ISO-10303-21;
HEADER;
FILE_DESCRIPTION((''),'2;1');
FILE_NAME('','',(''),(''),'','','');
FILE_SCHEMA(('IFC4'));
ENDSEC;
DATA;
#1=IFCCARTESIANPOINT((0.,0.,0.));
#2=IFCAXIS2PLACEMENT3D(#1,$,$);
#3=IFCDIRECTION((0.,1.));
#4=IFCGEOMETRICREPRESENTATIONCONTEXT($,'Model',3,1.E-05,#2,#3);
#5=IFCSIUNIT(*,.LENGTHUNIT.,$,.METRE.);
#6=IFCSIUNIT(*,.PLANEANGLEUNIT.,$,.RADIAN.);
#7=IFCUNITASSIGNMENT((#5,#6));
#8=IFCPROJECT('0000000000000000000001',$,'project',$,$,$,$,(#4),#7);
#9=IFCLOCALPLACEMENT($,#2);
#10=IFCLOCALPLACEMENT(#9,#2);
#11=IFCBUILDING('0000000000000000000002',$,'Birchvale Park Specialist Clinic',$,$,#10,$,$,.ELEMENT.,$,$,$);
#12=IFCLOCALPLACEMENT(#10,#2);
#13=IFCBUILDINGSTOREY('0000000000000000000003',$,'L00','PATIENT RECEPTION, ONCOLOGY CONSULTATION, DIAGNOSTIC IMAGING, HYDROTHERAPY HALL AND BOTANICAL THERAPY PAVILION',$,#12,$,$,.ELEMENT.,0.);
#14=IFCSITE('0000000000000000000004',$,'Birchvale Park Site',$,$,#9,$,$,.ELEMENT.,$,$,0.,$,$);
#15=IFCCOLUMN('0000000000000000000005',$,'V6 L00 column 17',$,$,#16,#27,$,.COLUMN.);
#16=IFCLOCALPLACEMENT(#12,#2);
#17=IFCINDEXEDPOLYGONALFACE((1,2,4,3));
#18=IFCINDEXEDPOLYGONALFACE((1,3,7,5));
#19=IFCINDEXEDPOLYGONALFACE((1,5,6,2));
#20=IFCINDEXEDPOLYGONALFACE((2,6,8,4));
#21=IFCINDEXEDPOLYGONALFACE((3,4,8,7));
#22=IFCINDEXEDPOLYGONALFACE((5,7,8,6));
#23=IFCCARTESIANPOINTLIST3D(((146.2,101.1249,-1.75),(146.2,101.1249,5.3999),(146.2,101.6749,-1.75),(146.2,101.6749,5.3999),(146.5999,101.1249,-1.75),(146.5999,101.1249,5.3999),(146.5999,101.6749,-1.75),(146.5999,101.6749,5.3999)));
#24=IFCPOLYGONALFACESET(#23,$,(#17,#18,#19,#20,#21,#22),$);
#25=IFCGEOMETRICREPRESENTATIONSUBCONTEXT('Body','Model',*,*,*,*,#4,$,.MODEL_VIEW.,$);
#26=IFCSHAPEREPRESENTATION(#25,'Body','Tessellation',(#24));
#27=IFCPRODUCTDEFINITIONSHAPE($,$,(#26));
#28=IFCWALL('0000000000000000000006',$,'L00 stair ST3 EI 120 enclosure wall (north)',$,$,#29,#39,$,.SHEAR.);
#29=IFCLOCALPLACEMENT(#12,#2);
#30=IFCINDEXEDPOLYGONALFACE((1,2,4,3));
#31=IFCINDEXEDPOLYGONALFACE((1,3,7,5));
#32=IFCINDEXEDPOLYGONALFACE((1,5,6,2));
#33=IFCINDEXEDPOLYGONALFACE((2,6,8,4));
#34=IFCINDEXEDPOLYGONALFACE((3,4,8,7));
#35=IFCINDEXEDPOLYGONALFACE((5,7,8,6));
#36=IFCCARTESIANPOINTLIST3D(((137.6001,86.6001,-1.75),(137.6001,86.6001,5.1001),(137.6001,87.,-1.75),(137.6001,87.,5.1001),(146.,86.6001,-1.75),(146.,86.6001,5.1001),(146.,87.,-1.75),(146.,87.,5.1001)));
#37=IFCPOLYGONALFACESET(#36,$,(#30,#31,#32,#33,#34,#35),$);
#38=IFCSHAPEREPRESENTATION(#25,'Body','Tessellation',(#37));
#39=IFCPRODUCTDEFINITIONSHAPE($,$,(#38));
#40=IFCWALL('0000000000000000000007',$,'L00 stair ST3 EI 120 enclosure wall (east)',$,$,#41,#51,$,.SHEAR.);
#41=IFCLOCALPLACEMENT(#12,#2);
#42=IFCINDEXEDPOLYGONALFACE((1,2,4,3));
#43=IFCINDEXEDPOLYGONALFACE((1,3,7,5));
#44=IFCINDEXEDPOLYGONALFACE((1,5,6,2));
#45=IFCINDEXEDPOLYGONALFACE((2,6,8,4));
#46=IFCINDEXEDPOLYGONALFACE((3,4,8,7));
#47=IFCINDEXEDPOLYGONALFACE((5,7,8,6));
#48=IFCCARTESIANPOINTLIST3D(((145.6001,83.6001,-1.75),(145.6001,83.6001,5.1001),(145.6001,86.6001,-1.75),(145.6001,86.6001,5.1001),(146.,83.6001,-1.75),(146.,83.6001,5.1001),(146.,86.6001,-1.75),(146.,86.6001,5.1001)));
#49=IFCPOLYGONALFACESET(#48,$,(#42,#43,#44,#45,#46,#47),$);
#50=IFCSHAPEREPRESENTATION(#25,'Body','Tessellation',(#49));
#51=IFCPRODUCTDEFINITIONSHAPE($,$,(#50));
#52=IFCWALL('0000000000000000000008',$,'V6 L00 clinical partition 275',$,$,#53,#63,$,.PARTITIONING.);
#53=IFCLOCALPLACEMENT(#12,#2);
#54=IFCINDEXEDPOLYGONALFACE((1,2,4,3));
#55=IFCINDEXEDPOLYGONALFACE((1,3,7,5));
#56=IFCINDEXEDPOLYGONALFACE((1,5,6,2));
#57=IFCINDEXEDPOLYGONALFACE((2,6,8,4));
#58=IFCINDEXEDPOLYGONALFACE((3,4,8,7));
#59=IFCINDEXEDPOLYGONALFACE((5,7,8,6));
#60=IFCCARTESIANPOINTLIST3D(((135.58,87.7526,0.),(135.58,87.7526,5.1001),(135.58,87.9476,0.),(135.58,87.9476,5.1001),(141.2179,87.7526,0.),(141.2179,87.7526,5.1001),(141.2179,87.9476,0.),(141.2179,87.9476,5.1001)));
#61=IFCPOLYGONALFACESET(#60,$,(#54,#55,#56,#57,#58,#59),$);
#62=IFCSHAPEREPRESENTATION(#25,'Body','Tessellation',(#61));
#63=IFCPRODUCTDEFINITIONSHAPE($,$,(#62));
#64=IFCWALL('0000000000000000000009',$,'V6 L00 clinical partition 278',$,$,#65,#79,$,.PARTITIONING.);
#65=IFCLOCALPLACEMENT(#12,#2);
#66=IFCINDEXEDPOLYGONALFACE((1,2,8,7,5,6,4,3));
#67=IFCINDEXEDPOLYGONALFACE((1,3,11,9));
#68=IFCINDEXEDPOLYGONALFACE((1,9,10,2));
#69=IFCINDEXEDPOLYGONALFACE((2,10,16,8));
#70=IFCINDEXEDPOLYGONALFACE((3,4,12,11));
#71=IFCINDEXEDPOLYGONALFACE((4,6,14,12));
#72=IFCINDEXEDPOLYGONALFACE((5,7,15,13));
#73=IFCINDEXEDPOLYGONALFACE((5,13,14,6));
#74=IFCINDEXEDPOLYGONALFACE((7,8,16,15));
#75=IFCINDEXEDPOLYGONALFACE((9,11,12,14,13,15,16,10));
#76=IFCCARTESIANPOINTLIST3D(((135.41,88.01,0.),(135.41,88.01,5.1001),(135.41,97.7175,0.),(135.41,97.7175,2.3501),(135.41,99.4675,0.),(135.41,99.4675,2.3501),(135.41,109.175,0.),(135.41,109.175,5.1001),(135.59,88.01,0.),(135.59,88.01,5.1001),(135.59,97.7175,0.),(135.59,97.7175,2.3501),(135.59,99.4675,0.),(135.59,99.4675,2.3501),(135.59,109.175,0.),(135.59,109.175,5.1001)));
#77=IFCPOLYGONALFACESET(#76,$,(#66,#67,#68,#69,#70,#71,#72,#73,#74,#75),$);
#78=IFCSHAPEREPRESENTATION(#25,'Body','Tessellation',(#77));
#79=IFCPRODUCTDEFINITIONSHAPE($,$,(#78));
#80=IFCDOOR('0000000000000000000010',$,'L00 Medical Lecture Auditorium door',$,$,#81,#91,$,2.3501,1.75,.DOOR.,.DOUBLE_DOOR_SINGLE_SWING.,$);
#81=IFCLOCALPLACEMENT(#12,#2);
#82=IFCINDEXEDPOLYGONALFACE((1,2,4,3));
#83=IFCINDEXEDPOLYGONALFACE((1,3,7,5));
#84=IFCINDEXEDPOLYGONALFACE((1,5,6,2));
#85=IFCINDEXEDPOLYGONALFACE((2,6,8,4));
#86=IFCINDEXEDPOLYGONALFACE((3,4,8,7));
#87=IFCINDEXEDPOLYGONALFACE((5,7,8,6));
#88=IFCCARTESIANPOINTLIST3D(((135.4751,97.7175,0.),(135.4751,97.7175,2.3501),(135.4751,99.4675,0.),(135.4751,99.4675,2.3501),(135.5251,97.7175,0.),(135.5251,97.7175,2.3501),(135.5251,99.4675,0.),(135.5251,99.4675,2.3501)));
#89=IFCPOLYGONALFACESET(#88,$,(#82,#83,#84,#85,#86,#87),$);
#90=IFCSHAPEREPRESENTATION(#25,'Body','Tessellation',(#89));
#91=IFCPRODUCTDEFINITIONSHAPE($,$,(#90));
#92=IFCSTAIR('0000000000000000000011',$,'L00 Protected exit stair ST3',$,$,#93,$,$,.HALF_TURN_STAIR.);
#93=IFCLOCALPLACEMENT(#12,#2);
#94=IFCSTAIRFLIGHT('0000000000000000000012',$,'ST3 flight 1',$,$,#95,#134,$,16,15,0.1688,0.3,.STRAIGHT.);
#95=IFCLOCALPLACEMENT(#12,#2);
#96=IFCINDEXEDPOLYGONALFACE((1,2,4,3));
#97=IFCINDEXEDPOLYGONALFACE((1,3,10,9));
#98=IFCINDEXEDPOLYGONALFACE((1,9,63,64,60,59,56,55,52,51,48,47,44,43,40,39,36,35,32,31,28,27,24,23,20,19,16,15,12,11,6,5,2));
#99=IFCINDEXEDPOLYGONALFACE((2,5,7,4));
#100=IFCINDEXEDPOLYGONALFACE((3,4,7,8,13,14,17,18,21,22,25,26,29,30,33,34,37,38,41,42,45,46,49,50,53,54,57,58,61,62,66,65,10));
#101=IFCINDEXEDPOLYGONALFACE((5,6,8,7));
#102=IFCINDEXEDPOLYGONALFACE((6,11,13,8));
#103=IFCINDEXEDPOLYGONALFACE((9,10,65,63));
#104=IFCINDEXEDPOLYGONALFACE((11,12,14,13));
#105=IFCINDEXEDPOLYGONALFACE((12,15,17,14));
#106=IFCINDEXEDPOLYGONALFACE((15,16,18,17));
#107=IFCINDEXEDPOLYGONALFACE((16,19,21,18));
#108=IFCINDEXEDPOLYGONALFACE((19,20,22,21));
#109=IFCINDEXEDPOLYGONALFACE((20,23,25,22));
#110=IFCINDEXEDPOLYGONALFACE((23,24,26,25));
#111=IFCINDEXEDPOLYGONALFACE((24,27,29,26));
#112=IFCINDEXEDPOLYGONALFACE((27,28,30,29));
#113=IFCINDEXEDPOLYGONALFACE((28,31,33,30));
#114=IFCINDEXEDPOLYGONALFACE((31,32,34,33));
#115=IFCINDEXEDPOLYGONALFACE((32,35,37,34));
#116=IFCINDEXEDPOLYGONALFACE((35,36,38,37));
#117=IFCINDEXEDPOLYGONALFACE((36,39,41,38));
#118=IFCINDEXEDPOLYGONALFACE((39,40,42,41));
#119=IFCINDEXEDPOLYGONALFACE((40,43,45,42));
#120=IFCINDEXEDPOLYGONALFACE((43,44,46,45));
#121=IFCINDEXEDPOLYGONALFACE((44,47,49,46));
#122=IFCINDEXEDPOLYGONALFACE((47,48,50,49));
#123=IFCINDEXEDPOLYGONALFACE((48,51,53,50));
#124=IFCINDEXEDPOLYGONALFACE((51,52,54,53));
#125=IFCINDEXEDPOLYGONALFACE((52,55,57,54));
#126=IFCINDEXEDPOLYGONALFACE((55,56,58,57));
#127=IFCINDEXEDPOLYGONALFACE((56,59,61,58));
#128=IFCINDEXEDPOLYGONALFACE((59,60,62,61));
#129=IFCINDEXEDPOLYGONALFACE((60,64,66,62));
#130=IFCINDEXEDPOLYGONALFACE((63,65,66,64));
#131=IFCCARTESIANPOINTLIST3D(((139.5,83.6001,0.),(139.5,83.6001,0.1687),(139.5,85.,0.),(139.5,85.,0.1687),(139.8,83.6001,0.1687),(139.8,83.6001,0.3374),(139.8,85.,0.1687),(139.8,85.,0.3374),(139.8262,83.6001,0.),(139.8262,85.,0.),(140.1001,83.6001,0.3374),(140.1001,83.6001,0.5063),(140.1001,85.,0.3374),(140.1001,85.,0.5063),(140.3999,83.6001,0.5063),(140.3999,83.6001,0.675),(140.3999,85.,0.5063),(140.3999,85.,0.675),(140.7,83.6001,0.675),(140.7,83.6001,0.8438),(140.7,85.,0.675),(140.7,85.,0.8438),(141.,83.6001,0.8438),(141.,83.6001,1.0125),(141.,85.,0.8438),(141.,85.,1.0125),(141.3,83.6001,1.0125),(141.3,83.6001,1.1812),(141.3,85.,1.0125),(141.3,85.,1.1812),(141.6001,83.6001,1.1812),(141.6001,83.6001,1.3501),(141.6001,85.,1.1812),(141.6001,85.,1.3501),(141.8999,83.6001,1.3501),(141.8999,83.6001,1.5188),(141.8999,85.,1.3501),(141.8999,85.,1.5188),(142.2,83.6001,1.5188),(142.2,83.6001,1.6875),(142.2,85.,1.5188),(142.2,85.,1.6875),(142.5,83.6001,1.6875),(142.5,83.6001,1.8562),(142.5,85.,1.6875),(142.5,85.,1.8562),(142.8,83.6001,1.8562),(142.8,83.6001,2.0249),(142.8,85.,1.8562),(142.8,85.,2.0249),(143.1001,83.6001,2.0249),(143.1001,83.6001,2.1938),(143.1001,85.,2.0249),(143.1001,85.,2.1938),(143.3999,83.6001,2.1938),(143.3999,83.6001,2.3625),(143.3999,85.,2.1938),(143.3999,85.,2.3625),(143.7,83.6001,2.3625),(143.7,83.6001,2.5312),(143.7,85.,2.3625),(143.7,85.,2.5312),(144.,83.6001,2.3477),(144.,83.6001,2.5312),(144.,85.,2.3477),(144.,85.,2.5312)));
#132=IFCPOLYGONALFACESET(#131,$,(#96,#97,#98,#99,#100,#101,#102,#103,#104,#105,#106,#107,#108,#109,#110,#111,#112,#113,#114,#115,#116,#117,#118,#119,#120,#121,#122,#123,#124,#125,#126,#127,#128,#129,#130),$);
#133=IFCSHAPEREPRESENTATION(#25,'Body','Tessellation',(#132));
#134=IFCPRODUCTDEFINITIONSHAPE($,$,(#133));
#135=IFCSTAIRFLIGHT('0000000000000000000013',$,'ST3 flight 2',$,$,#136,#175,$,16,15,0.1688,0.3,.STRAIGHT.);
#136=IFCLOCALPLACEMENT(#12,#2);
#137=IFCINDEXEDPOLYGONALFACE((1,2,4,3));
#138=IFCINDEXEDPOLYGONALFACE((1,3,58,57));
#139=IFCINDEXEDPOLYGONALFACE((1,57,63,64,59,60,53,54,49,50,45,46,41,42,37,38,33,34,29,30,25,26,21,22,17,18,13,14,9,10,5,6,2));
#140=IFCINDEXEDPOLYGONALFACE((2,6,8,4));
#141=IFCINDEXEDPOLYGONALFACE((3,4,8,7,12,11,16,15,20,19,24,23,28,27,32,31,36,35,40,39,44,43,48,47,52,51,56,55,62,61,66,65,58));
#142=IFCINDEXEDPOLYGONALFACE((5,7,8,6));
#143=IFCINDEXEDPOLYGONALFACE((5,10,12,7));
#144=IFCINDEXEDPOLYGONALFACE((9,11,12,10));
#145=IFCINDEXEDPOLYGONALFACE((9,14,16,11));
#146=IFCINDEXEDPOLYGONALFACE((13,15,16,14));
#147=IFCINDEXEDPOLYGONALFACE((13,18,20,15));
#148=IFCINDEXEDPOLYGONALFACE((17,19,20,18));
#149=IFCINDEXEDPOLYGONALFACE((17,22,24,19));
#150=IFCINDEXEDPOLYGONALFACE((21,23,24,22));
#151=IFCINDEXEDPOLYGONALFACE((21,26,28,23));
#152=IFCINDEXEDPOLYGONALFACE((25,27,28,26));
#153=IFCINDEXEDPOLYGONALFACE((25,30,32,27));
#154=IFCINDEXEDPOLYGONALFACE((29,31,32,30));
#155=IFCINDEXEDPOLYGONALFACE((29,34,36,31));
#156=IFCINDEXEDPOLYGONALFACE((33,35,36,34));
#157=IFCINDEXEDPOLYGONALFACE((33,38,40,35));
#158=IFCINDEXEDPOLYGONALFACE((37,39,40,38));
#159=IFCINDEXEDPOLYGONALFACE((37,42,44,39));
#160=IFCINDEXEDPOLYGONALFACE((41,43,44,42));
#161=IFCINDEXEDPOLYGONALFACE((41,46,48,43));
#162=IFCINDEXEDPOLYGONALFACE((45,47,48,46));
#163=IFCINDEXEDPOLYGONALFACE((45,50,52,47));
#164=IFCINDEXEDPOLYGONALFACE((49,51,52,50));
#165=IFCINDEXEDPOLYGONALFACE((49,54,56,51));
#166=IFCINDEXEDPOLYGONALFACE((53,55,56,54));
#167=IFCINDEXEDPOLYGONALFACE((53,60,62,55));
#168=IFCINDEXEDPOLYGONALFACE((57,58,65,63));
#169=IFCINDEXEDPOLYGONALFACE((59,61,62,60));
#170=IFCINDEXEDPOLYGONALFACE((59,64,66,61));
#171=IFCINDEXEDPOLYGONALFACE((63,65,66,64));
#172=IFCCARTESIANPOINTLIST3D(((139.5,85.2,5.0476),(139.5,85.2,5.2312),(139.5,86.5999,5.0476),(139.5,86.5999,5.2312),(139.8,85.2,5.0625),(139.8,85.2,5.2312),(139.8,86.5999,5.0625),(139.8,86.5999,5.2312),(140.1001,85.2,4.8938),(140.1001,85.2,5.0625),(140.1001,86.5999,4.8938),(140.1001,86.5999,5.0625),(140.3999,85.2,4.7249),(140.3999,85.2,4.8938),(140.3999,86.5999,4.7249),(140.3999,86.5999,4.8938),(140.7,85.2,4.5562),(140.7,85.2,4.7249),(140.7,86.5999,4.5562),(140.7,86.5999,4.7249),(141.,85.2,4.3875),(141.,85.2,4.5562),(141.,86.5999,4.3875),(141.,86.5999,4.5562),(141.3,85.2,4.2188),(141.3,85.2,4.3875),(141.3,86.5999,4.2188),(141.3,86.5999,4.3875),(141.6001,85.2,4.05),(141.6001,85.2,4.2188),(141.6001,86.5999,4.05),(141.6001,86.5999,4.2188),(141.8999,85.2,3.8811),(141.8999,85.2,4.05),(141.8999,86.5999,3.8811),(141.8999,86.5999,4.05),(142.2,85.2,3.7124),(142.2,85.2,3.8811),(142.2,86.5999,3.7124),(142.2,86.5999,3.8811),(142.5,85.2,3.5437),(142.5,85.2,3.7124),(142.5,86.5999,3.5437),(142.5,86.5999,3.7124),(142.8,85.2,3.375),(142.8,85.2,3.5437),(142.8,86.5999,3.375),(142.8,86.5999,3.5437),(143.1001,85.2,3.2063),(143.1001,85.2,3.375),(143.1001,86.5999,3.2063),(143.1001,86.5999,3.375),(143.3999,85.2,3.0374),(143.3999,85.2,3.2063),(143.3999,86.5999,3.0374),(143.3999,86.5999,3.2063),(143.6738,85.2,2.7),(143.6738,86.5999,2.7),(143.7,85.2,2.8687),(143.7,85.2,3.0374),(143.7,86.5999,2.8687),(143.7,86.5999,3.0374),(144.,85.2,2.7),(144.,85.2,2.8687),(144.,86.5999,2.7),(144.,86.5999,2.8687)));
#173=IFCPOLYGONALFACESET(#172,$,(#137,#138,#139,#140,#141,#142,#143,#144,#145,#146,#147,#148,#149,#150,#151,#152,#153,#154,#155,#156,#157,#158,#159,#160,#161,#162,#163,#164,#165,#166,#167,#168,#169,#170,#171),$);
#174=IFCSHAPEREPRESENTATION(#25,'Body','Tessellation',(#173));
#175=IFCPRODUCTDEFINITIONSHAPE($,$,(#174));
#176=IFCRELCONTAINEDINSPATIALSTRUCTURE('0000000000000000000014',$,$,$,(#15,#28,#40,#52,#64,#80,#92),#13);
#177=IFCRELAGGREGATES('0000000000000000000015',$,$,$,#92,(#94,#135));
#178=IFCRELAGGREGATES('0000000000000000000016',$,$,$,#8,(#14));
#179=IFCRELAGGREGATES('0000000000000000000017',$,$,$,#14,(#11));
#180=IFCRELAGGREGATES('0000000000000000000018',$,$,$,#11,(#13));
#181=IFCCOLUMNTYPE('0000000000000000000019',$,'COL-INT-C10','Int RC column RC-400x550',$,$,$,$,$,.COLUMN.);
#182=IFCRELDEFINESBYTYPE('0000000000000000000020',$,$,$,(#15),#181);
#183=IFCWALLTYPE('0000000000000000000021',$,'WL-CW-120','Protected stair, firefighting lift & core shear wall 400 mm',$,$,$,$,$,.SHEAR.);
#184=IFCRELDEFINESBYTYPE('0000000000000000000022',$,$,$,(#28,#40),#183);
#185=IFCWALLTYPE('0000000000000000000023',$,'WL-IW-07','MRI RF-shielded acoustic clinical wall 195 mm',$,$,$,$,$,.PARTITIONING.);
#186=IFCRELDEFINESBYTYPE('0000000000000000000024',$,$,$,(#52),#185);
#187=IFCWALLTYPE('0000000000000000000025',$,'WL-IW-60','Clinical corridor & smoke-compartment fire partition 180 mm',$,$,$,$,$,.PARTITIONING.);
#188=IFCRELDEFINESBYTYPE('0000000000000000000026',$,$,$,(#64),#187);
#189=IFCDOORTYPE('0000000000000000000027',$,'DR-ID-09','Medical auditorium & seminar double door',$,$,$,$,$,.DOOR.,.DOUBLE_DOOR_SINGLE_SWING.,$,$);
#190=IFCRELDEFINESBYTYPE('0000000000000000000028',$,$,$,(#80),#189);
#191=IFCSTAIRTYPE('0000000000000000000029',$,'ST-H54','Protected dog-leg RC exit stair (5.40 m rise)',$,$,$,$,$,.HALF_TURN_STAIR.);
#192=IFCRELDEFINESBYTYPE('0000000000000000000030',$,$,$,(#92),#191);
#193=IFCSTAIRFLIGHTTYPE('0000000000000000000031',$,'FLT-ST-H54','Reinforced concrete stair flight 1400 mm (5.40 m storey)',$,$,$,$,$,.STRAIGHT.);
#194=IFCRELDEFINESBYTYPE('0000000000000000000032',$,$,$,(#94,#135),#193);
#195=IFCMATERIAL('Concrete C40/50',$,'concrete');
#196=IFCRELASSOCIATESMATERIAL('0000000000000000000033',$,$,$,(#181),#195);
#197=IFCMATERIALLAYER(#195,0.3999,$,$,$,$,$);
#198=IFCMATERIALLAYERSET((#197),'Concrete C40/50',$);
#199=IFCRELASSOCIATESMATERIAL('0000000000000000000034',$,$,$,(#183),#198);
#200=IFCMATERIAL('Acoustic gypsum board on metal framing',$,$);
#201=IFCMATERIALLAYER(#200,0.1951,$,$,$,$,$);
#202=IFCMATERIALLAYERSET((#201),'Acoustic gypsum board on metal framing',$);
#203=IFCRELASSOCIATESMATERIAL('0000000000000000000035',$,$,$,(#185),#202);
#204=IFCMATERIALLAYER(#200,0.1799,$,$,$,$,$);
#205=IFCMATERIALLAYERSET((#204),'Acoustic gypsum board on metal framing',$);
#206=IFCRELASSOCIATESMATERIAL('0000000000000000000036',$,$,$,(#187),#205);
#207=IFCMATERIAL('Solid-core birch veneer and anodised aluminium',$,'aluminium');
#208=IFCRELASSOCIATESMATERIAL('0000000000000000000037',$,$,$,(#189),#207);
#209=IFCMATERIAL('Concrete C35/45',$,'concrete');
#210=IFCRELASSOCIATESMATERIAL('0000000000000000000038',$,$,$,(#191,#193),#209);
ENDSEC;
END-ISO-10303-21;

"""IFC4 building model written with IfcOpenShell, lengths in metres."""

from ifc_helpers import new_model, si_unit, direction, frame, frame_2d, origin, origin_2d, place, context, subcontext, project, spatial, polyline, rectangle, outline, extrude, material, layer, layer_set, material_profile, profile_set, type_object, element, fill, aggregate, save


model = new_model("IFC4")

# Units and contexts
model_context = context("Model", 3, precision=1e-05, world=origin(), true_north=direction((0.0, 1.0)))
body_context = subcontext(model_context, "Body", "Model", "MODEL_VIEW")
ifc_project = project(units=[si_unit("LENGTHUNIT", "METRE"), si_unit("PLANEANGLEUNIT", "RADIAN")], contexts=[model_context])

# Site, building, storey
site_placement = place(None, origin())
site = spatial("IfcSite", under=ifc_project, at=site_placement, Name="Birchvale Park Site", CompositionType="ELEMENT", RefElevation=0.0)
building_placement = place(site_placement, origin())
building = spatial("IfcBuilding", under=site, at=building_placement, Name="Birchvale Park Specialist Clinic", CompositionType="ELEMENT")
storey_placement = place(building_placement, origin())
storey = spatial("IfcBuildingStorey", under=building, at=storey_placement, Name="L00", Description="PATIENT RECEPTION, ONCOLOGY CONSULTATION, DIAGNOSTIC IMAGING, HYDROTHERAPY HALL AND BOTANICAL THERAPY PAVILION", CompositionType="ELEMENT", Elevation=0.0)

# Shared definitions
ifc_material_1 = material(Name="Concrete C40/50", Category="concrete")

# Column
ifc_material_profile_1 = material_profile(ifc_material_1, rectangle(XDim=0.3999, YDim=0.55, at=origin_2d()), Name="RC-400x550")
ifc_profile_set_1 = profile_set([ifc_material_profile_1], Name="Concrete C40/50")
column_type_1 = type_object("IfcColumnType", Name="COL-INT-C10", Description="Int RC column RC-400x550", PredefinedType="COLUMN", material=ifc_profile_set_1)
column_1_placement = place(storey_placement, frame((146.3999, 101.3999, -1.75), z_axis=(0.0, 0.0, 1.0), x_axis=(1.0, 0.0, 0.0)))
element("IfcColumn", 1, at=column_1_placement, inside=storey, type_object=column_type_1, Name="V6 L00 column 17", PredefinedType="COLUMN", context=body_context, shape_type="SweptSolid", body=[
    extrude(rectangle(XDim=0.3999, YDim=0.55, at=origin_2d()), origin(), (0.0, 0.0, 1.0), 7.1499),
])

# Walls
ifc_layer_1 = layer(ifc_material_1, 0.3999)
ifc_layer_set_1 = layer_set([ifc_layer_1], Name="Concrete C40/50")
wall_type_1 = type_object("IfcWallType", Name="WL-CW-120", Description="Protected stair, firefighting lift & core shear wall 400 mm", PredefinedType="SHEAR", material=ifc_layer_set_1)
wall_1_placement = place(storey_placement, frame((146.0, 86.8, -1.75), z_axis=(0.0, 0.0, 1.0), x_axis=(-1.0, 0.0, 0.0)))
element("IfcWall", 2, at=wall_1_placement, inside=storey, type_object=wall_type_1, Name="L00 stair ST3 EI 120 enclosure wall (north)", PredefinedType="SHEAR", context=body_context, shape_type="SweptSolid", body=[
    extrude(rectangle(XDim=8.3999, YDim=0.3999, at=frame_2d((4.2, 0.0))), origin(), (0.0, 0.0, 1.0), 6.8501),
])
wall_2_placement = place(storey_placement, frame((145.8, 86.6001, -1.75), z_axis=(0.0, 0.0, 1.0), x_axis=(0.0, -1.0, 0.0)))
element("IfcWall", 3, at=wall_2_placement, inside=storey, type_object=wall_type_1, Name="L00 stair ST3 EI 120 enclosure wall (east)", PredefinedType="SHEAR", context=body_context, shape_type="SweptSolid", body=[
    extrude(rectangle(XDim=3.0, YDim=0.3999, at=frame_2d((1.5, 0.0))), origin(), (0.0, 0.0, 1.0), 6.8501),
])
ifc_material_2 = material(Name="Acoustic gypsum board on metal framing")
ifc_layer_2 = layer(ifc_material_2, 0.1951)
ifc_layer_set_2 = layer_set([ifc_layer_2], Name="Acoustic gypsum board on metal framing")
wall_type_2 = type_object("IfcWallType", Name="WL-IW-07", Description="MRI RF-shielded acoustic clinical wall 195 mm", PredefinedType="PARTITIONING", material=ifc_layer_set_2)
wall_3_placement = place(storey_placement, frame((135.5801, 87.8501, 0.0), z_axis=(0.0, 0.0, 1.0), x_axis=(1.0, 0.0, 0.0)))
element("IfcWall", 4, at=wall_3_placement, inside=storey, type_object=wall_type_2, Name="V6 L00 clinical partition 275", PredefinedType="PARTITIONING", context=body_context, shape_type="SweptSolid", body=[
    extrude(rectangle(XDim=5.6379, YDim=0.1951, at=frame_2d((2.8188, 0.0))), origin(), (0.0, 0.0, 1.0), 5.1001),
])

# Wall, opening, door
ifc_layer_3 = layer(ifc_material_2, 0.1799)
ifc_layer_set_3 = layer_set([ifc_layer_3], Name="Acoustic gypsum board on metal framing")
wall_type_3 = type_object("IfcWallType", Name="WL-IW-60", Description="Clinical corridor & smoke-compartment fire partition 180 mm", PredefinedType="PARTITIONING", material=ifc_layer_set_3)
wall_4_placement = place(storey_placement, frame((135.5, 88.01, 0.0), z_axis=(0.0, 0.0, 1.0), x_axis=(0.0, 1.0, 0.0)))
wall_4 = element("IfcWall", 5, at=wall_4_placement, inside=storey, type_object=wall_type_3, Name="V6 L00 clinical partition 278", PredefinedType="PARTITIONING", context=body_context, shape_type="SweptSolid", body=[
    extrude(rectangle(XDim=21.165, YDim=0.1799, at=frame_2d((10.5825, 0.0))), origin(), (0.0, 0.0, 1.0), 5.1001),
])
opening_placement = place(wall_4_placement, frame((9.7075, 0.0, 0.0)))
opening = element("IfcOpeningElement", 6, at=opening_placement, cuts=wall_4, PredefinedType="OPENING", context=body_context, shape_type="SweptSolid", body=[
    extrude(rectangle(XDim=1.75, YDim=2.3501, at=frame_2d((0.875, 1.175))), frame((0.0, 0.1001, 0.0), z_axis=(0.0, -1.0, 0.0), x_axis=(1.0, 0.0, 0.0)), (0.0, 0.0, 1.0), 0.2),
])
ifc_material_3 = material(Name="Solid-core birch veneer and anodised aluminium", Category="aluminium")
door_type = type_object("IfcDoorType", Name="DR-ID-09", Description="Medical auditorium & seminar double door", OperationType="DOUBLE_DOOR_SINGLE_SWING", PredefinedType="DOOR", material=ifc_material_3)
door_placement = place(opening_placement, origin())
door = element("IfcDoor", 7, at=door_placement, inside=storey, type_object=door_type, Name="L00 Medical Lecture Auditorium door", OperationType="DOUBLE_DOOR_SINGLE_SWING", OverallHeight=2.3501, OverallWidth=1.75, PredefinedType="DOOR", context=body_context, shape_type="SweptSolid", body=[
    extrude(rectangle(XDim=1.75, YDim=2.3501, at=frame_2d((0.875, 1.175))), frame((0.0, 0.0249, 0.0), z_axis=(0.0, -1.0, 0.0), x_axis=(1.0, 0.0, 0.0)), (0.0, 0.0, 1.0), 0.05),
])
fill(opening, door)

# Stair, stair flights
ifc_material_4 = material(Name="Concrete C35/45", Category="concrete")
stair_type = type_object("IfcStairType", Name="ST-H54", Description="Protected dog-leg RC exit stair (5.40 m rise)", PredefinedType="HALF_TURN_STAIR", material=ifc_material_4)
stair_placement = place(storey_placement, origin())
stair = element("IfcStair", 8, at=stair_placement, inside=storey, type_object=stair_type, Name="L00 Protected exit stair ST3", PredefinedType="HALF_TURN_STAIR")
stair_flight_type = type_object("IfcStairFlightType", Name="FLT-ST-H54", Description="Reinforced concrete stair flight 1400 mm (5.40 m storey)", PredefinedType="STRAIGHT", material=ifc_material_4)
stair_flight_1_placement = place(storey_placement, frame((139.5, 84.3, 0.0), z_axis=(0.0, 0.0, 1.0), x_axis=(1.0, 0.0, 0.0)))
stair_flight_1 = element("IfcStairFlight", 9, at=stair_flight_1_placement, type_object=stair_flight_type, Name="ST3 flight 1", NumberOfRisers=16, NumberOfTreads=15, PredefinedType="STRAIGHT", RiserHeight=0.1688, TreadLength=0.3, context=body_context, shape_type="SweptSolid", body=[
    extrude(outline(polyline([(0.0, 0.0), (0.0, 0.1687), (0.3, 0.1687), (0.3, 0.3374), (0.6001, 0.3374), (0.6001, 0.5063), (0.8999, 0.5063), (0.8999, 0.675), (1.2, 0.675), (1.2, 0.8438), (1.5, 0.8438), (1.5, 1.0125), (1.8, 1.0125), (1.8, 1.1812), (2.1001, 1.1812), (2.1001, 1.3501), (2.3999, 1.3501), (2.3999, 1.5188), (2.7, 1.5188), (2.7, 1.6875), (3.0, 1.6875), (3.0, 1.8562), (3.3, 1.8562), (3.3, 2.0249), (3.6001, 2.0249), (3.6001, 2.1938), (3.8999, 2.1938), (3.8999, 2.3625), (4.2, 2.3625), (4.2, 2.5312), (4.5, 2.5312), (4.5, 2.7), (4.5, 2.3477), (0.3262, 0.0), (0.0, 0.0)])), frame((0.0, 0.7, 0.0), z_axis=(0.0, -1.0, 0.0), x_axis=(1.0, 0.0, 0.0)), (0.0, 0.0, 1.0), 1.3999),
])
stair_flight_2_placement = place(storey_placement, frame((144.0, 85.8999, 2.7), z_axis=(0.0, 0.0, 1.0), x_axis=(-1.0, 0.0, 0.0)))
stair_flight_2 = element("IfcStairFlight", 10, at=stair_flight_2_placement, type_object=stair_flight_type, Name="ST3 flight 2", NumberOfRisers=16, NumberOfTreads=15, PredefinedType="STRAIGHT", RiserHeight=0.1688, TreadLength=0.3, context=body_context, shape_type="SweptSolid", body=[
    extrude(outline(polyline([(0.0, 0.0), (0.0, 0.1687), (0.3, 0.1687), (0.3, 0.3374), (0.6001, 0.3374), (0.6001, 0.5063), (0.8999, 0.5063), (0.8999, 0.675), (1.2, 0.675), (1.2, 0.8438), (1.5, 0.8438), (1.5, 1.0125), (1.8, 1.0125), (1.8, 1.1812), (2.1001, 1.1812), (2.1001, 1.3501), (2.3999, 1.3501), (2.3999, 1.5188), (2.7, 1.5188), (2.7, 1.6875), (3.0, 1.6875), (3.0, 1.8562), (3.3, 1.8562), (3.3, 2.0249), (3.6001, 2.0249), (3.6001, 2.1938), (3.8999, 2.1938), (3.8999, 2.3625), (4.2, 2.3625), (4.2, 2.5312), (4.5, 2.5312), (4.5, 2.7), (4.5, 2.3477), (0.3262, 0.0), (0.0, 0.0)])), frame((0.0, 0.7, 0.0), z_axis=(0.0, -1.0, 0.0), x_axis=(1.0, 0.0, 0.0)), (0.0, 0.0, 1.0), 1.3999),
])
aggregate(stair, [stair_flight_1, stair_flight_2])

save(model, "model.ifc")
